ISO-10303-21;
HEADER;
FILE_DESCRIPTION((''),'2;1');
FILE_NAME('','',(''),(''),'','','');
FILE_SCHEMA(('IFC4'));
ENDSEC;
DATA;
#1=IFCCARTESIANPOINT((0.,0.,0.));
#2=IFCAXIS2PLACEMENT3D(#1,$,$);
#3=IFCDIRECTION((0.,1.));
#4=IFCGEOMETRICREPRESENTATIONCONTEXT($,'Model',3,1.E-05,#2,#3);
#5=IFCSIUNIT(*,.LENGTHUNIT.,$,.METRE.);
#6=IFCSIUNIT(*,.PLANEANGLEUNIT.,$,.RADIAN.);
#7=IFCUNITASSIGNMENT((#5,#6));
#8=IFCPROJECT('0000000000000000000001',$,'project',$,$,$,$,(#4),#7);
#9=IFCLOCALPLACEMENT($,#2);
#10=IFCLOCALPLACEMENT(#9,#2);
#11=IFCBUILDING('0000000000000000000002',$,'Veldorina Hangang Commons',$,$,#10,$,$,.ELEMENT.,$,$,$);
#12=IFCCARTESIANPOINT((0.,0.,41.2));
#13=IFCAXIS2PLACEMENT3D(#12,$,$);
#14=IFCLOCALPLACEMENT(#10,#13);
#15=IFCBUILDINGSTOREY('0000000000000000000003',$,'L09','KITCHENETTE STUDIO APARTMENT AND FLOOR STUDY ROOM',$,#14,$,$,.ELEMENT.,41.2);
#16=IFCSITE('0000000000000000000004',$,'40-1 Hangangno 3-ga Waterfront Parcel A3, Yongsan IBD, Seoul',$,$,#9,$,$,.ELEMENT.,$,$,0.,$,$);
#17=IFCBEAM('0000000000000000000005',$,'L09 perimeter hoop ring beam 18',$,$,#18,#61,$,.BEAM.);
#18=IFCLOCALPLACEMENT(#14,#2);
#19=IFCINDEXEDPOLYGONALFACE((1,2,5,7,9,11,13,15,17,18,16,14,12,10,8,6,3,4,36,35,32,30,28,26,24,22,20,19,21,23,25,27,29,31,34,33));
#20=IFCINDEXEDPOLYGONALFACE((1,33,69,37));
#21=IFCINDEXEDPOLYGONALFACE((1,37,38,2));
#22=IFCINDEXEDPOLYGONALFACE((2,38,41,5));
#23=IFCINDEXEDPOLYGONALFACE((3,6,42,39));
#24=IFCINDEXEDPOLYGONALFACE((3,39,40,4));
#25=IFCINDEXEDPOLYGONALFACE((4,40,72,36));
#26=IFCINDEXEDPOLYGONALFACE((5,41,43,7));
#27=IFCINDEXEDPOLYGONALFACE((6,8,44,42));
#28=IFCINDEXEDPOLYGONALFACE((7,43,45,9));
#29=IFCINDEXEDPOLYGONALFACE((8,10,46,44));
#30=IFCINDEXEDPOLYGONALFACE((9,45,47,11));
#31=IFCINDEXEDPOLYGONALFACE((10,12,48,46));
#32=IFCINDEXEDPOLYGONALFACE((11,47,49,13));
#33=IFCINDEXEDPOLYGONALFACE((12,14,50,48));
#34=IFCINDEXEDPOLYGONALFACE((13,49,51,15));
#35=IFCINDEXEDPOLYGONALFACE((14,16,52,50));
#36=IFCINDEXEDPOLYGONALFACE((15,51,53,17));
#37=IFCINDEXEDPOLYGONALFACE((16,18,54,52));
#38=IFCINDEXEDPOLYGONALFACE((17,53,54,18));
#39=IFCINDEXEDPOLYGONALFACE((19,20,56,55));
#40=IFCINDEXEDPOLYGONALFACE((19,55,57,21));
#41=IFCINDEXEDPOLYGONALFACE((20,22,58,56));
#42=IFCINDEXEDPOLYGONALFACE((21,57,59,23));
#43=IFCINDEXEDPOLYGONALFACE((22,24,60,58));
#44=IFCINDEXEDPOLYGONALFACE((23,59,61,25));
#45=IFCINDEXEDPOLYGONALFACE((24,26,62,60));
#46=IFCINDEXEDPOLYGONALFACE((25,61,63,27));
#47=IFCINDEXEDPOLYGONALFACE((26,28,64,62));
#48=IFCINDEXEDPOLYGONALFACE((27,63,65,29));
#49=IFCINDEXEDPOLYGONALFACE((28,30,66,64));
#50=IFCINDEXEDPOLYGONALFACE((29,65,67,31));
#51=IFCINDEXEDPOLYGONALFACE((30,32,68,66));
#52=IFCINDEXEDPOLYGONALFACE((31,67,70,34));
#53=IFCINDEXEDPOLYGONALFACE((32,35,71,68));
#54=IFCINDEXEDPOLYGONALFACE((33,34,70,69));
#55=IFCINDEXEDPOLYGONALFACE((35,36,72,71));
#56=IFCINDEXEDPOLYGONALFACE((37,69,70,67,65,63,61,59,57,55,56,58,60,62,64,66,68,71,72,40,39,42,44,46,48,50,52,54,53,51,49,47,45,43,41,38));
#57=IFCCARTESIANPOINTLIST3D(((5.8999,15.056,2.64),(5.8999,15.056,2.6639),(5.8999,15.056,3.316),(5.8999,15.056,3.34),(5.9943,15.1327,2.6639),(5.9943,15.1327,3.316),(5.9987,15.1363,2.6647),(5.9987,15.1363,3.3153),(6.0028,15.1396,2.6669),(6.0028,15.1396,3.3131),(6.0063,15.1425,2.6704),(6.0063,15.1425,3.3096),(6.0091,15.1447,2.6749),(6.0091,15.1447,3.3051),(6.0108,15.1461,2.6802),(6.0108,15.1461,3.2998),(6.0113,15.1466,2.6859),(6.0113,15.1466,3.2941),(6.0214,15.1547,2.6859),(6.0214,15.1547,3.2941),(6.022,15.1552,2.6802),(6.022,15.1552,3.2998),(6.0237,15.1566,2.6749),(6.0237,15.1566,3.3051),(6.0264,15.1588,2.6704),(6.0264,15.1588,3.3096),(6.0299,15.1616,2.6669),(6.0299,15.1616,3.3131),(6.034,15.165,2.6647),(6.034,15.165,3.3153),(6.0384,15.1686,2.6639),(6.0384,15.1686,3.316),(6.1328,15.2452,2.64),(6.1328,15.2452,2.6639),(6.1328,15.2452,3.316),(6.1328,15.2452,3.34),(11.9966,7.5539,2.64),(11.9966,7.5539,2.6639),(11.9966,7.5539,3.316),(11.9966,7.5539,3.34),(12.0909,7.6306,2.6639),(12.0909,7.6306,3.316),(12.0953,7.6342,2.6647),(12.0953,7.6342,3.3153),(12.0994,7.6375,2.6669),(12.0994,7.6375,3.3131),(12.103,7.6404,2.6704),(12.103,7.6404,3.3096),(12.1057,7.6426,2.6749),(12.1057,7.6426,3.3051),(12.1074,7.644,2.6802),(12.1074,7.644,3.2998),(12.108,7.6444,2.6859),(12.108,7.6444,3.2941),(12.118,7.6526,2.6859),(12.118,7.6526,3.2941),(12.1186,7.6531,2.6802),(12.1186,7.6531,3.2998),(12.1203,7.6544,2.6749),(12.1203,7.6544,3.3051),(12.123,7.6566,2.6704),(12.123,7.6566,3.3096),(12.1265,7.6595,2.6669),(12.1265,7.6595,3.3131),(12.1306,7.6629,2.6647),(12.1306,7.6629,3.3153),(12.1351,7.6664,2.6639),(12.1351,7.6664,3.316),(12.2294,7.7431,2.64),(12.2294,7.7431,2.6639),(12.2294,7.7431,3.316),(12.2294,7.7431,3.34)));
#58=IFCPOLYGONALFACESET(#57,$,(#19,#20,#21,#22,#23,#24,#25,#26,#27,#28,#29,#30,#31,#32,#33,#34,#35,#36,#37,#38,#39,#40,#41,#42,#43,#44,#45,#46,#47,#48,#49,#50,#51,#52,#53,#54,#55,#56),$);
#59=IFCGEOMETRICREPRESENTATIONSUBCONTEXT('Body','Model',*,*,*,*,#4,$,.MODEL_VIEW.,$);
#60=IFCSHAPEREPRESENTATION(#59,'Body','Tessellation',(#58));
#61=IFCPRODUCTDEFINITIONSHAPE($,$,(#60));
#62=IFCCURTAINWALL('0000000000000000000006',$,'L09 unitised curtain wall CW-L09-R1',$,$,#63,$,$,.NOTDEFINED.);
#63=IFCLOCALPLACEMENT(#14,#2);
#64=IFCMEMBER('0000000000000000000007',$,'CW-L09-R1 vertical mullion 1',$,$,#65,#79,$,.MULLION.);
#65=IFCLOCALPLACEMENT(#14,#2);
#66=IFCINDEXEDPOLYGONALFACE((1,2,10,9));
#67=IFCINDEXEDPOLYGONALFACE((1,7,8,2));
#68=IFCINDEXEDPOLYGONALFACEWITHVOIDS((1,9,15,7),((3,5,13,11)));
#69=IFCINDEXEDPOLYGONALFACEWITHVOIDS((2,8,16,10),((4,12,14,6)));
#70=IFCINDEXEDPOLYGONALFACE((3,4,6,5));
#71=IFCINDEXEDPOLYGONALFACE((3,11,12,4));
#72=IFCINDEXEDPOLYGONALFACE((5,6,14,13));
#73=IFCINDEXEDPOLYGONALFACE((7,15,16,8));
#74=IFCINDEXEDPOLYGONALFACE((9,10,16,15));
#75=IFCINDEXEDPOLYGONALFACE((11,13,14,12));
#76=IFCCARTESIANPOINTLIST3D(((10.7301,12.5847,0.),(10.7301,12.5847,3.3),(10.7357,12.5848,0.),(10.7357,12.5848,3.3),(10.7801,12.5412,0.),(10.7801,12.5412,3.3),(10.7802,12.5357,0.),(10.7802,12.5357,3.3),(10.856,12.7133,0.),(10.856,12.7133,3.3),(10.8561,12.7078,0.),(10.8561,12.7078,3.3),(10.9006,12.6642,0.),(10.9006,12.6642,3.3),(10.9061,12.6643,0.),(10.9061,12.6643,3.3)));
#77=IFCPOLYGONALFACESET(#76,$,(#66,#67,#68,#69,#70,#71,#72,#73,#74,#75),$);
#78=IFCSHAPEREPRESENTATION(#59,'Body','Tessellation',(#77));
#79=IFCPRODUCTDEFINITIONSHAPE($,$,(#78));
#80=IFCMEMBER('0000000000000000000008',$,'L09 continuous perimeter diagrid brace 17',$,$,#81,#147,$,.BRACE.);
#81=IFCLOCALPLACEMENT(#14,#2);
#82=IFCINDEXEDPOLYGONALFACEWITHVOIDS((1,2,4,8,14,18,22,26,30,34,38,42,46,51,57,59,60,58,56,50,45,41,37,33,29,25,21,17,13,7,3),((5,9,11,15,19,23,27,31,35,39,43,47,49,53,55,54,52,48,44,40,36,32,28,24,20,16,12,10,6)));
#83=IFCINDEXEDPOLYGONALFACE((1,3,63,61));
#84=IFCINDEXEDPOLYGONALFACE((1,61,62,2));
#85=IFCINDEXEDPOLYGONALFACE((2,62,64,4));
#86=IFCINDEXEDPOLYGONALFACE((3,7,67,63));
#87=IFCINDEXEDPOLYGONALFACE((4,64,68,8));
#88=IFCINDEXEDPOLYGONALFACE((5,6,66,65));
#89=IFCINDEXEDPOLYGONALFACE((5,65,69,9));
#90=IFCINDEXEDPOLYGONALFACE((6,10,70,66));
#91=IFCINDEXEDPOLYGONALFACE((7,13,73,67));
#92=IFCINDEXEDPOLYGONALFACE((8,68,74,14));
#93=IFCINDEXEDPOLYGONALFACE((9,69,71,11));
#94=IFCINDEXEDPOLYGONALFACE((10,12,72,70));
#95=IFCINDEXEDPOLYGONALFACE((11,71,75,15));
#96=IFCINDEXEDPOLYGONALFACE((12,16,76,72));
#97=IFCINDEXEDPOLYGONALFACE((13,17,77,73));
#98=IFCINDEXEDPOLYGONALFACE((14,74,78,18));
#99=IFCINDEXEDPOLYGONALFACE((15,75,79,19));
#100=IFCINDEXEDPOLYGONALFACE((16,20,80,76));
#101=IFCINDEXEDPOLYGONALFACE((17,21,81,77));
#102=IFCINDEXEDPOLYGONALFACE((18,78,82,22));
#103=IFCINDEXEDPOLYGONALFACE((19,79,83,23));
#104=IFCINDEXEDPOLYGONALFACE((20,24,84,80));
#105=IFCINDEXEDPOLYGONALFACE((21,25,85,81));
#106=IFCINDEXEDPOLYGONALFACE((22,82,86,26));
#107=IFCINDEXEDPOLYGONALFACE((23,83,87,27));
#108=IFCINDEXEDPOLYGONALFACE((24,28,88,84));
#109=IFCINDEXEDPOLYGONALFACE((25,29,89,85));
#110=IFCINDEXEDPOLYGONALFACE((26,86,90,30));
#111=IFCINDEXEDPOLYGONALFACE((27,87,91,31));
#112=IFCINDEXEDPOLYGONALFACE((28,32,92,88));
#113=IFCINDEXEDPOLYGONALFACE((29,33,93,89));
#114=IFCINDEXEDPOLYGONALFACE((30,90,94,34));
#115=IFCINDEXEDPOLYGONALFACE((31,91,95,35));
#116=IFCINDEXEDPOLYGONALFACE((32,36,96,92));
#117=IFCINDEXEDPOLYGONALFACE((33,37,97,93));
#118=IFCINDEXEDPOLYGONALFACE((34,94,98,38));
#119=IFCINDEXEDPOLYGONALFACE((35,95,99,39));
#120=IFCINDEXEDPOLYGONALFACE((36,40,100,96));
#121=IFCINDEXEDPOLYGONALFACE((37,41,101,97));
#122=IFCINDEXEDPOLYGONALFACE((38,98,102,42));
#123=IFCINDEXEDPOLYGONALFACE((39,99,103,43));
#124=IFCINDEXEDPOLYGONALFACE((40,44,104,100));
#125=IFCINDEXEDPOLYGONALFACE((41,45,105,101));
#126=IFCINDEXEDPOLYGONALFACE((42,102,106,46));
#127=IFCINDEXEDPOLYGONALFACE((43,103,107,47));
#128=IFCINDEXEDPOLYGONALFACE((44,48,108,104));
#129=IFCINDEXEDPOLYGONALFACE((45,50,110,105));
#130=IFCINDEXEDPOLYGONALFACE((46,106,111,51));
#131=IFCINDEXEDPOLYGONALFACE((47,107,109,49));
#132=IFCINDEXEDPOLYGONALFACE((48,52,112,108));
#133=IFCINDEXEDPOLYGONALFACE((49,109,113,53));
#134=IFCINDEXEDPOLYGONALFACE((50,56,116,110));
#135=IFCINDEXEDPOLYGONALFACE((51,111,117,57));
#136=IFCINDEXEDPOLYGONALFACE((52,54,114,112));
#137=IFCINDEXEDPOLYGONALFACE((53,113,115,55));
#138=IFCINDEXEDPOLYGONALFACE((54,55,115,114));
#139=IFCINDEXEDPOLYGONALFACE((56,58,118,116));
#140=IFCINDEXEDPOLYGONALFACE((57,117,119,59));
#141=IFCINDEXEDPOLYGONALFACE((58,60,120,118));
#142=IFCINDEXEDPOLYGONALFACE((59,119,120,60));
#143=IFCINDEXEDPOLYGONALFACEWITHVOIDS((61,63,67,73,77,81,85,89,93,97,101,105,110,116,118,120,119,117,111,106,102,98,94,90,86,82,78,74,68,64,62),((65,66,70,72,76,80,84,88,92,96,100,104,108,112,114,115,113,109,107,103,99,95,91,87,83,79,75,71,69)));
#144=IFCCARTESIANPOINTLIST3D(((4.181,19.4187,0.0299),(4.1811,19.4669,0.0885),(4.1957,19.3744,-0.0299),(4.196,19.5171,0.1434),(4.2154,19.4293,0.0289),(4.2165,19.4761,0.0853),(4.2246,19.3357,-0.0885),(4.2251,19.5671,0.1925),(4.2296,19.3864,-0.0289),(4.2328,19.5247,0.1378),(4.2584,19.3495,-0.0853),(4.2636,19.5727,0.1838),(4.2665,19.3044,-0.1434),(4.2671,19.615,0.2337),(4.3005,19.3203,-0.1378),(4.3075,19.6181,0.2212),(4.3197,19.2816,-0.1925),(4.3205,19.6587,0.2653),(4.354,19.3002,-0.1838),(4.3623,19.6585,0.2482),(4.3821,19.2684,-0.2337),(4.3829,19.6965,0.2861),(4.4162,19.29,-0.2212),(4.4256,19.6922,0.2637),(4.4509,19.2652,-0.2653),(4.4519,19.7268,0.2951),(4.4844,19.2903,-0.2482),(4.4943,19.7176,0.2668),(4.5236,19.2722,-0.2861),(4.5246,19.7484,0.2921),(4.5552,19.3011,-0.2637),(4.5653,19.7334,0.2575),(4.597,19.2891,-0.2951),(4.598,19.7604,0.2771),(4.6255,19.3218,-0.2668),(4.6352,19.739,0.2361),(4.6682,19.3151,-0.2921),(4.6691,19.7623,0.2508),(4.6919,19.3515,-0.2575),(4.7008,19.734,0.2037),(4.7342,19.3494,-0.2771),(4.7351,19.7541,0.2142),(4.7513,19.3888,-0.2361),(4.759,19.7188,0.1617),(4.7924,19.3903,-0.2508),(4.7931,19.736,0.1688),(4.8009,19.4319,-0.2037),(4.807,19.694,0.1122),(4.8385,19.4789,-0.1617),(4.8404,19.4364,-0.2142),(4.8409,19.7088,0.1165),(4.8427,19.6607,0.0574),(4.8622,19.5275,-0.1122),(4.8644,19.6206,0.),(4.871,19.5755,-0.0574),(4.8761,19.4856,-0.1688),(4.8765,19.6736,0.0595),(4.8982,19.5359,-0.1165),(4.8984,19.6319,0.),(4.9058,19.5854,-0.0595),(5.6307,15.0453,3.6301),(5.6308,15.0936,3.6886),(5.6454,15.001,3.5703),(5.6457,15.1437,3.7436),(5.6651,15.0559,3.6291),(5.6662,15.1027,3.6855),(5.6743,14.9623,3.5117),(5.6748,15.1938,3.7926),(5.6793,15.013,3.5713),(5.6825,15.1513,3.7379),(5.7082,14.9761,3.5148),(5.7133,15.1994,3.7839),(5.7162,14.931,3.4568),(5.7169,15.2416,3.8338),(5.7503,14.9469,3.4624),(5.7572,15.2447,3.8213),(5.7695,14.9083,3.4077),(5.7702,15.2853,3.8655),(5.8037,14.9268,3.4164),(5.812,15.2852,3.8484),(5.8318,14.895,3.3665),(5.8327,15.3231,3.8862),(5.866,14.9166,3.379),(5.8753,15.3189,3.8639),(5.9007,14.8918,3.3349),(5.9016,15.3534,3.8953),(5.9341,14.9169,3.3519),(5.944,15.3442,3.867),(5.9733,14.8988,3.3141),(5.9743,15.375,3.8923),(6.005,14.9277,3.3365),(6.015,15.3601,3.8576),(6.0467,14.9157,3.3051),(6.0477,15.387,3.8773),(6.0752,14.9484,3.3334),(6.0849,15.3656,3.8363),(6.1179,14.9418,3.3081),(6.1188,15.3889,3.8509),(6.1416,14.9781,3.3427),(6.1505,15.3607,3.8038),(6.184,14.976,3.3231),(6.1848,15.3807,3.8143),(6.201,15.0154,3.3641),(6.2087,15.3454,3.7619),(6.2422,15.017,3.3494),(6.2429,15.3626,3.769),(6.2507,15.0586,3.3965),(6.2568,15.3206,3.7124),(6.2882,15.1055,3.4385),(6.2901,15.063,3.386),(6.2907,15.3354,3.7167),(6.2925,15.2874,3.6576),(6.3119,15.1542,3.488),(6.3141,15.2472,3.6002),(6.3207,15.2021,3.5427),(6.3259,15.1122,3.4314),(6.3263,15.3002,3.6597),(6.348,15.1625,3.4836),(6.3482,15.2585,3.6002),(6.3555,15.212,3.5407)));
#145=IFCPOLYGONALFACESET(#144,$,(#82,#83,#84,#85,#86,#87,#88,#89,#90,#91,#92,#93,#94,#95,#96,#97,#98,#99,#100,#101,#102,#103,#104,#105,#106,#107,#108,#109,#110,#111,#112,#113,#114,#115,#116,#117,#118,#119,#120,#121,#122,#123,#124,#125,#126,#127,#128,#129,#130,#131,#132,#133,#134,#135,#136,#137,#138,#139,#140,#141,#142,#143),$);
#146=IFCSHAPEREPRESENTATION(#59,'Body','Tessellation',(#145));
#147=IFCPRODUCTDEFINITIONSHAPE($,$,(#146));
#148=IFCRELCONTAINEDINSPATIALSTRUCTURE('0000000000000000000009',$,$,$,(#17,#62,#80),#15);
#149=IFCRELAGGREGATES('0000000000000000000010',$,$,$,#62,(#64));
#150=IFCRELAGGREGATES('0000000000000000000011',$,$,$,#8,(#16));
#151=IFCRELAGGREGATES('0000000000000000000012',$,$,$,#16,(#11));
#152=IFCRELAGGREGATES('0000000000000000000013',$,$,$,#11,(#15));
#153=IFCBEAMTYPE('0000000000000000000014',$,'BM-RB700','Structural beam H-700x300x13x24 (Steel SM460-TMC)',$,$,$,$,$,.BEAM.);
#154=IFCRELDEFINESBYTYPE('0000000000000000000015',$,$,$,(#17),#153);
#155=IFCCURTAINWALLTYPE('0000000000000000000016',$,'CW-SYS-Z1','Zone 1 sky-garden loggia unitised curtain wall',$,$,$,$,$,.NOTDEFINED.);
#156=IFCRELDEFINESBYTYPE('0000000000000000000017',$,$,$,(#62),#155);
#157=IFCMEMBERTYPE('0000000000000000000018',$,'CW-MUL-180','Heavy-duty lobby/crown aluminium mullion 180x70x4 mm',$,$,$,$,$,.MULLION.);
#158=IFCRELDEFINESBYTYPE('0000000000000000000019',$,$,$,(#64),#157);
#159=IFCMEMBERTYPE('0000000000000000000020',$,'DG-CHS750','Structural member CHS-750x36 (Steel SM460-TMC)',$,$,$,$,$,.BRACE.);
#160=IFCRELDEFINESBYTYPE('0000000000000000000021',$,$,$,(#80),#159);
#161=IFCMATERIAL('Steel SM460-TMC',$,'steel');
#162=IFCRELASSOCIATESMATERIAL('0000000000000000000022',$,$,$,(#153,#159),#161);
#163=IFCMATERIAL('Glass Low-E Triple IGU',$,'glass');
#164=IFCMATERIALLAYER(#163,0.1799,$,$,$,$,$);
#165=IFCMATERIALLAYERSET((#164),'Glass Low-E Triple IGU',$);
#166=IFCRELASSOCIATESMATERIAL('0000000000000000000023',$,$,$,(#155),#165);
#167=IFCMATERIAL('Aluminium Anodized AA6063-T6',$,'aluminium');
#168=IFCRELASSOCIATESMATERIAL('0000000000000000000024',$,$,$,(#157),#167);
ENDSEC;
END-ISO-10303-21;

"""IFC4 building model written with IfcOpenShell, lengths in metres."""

from ifc_helpers import new_model, si_unit, direction, frame, origin, origin_2d, place, context, subcontext, project, spatial, hollow_rectangle, hollow_circle, i_section, extrude, material, layer, layer_set, material_profile, profile_set, type_object, element, aggregate, save


model = new_model("IFC4")

# Units and contexts
model_context = context("Model", 3, precision=1e-05, world=origin(), true_north=direction((0.0, 1.0)))
body_context = subcontext(model_context, "Body", "Model", "MODEL_VIEW")
ifc_project = project(units=[si_unit("LENGTHUNIT", "METRE"), si_unit("PLANEANGLEUNIT", "RADIAN")], contexts=[model_context])

# Site, building, storey
site_placement = place(None, origin())
site = spatial("IfcSite", under=ifc_project, at=site_placement, Name="40-1 Hangangno 3-ga Waterfront Parcel A3, Yongsan IBD, Seoul", CompositionType="ELEMENT", RefElevation=0.0)
building_placement = place(site_placement, origin())
building = spatial("IfcBuilding", under=site, at=building_placement, Name="Veldorina Hangang Commons", CompositionType="ELEMENT")
storey_placement = place(building_placement, frame((0.0, 0.0, 41.2)))
storey = spatial("IfcBuildingStorey", under=building, at=storey_placement, Name="L09", Description="KITCHENETTE STUDIO APARTMENT AND FLOOR STUDY ROOM", CompositionType="ELEMENT", Elevation=41.2)

# Beam
ifc_material_1 = material(Name="Steel SM460-TMC", Category="steel")
ifc_material_profile_1 = material_profile(ifc_material_1, i_section(OverallWidth=0.3, OverallDepth=0.7, WebThickness=0.0129, FlangeThickness=0.0239, FilletRadius=0.022, at=origin_2d()), Name="H-700x300x13x24")
ifc_profile_set_1 = profile_set([ifc_material_profile_1], Name="Steel SM460-TMC")
beam_type = type_object("IfcBeamType", Name="BM-RB700", Description="Structural beam H-700x300x13x24 (Steel SM460-TMC)", PredefinedType="BEAM", material=ifc_profile_set_1)
beam_placement = place(storey_placement, frame((6.0164, 15.1506, 2.99), z_axis=(0.630664, -0.776056, 0.0), x_axis=(0.776056, 0.630664, 0.0)))
element("IfcBeam", 1, at=beam_placement, inside=storey, type_object=beam_type, Name="L09 perimeter hoop ring beam 18", PredefinedType="BEAM", context=body_context, shape_type="SweptSolid", body=[
    extrude(i_section(OverallWidth=0.3, OverallDepth=0.7, WebThickness=0.0129, FlangeThickness=0.0239, FilletRadius=0.022, at=origin_2d()), origin(), (0.0, 0.0, 1.0), 9.667),
])

# Curtain wall, member
ifc_material_2 = material(Name="Glass Low-E Triple IGU", Category="glass")
ifc_layer_1 = layer(ifc_material_2, 0.1799)
ifc_layer_set_1 = layer_set([ifc_layer_1], Name="Glass Low-E Triple IGU")
curtain_wall_type = type_object("IfcCurtainWallType", Name="CW-SYS-Z1", Description="Zone 1 sky-garden loggia unitised curtain wall", PredefinedType="NOTDEFINED", material=ifc_layer_set_1)
curtain_wall_placement = place(storey_placement, origin())
curtain_wall = element("IfcCurtainWall", 2, at=curtain_wall_placement, inside=storey, type_object=curtain_wall_type, Name="L09 unitised curtain wall CW-L09-R1", PredefinedType="NOTDEFINED")
ifc_material_3 = material(Name="Aluminium Anodized AA6063-T6", Category="aluminium")
ifc_material_profile_2 = material_profile(ifc_material_3, hollow_rectangle(XDim=0.0701, YDim=0.1799, WallThickness=0.0039, at=origin_2d()), Name="ALU-RHS-180x70x4")
ifc_profile_set_2 = profile_set([ifc_material_profile_2], Name="Aluminium Anodized AA6063-T6")
member_type_1 = type_object("IfcMemberType", Name="CW-MUL-180", Description="Heavy-duty lobby/crown aluminium mullion 180x70x4 mm", PredefinedType="MULLION", material=ifc_profile_set_2)
member_1_placement = place(storey_placement, frame((10.8181, 12.6245, 0.0), z_axis=(0.0, 0.0, 1.0), x_axis=(0.714448, -0.699688, 0.0)))
member_1 = element("IfcMember", 3, at=member_1_placement, type_object=member_type_1, Name="CW-L09-R1 vertical mullion 1", PredefinedType="MULLION", context=body_context, shape_type="SweptSolid", body=[
    extrude(hollow_rectangle(XDim=0.0701, YDim=0.1799, WallThickness=0.0039, at=origin_2d()), origin(), (0.0, 0.0, 1.0), 3.3),
])
aggregate(curtain_wall, [member_1])

# Member
ifc_material_profile_3 = material_profile(ifc_material_1, hollow_circle(Radius=0.375, WallThickness=0.0359, at=origin_2d()), Name="CHS-750x36")
ifc_profile_set_3 = profile_set([ifc_material_profile_3], Name="Steel SM460-TMC")
member_type_2 = type_object("IfcMemberType", Name="DG-CHS750", Description="Structural member CHS-750x36 (Steel SM460-TMC)", PredefinedType="BRACE", material=ifc_profile_set_3)
member_2_placement = place(storey_placement, frame((4.5425, 19.5139, 0.0), z_axis=(0.247938, -0.747948, 0.615711), x_axis=(0.949207, 0.314654, 0.0)))
element("IfcMember", 4, at=member_2_placement, inside=storey, type_object=member_type_2, Name="L09 continuous perimeter diagrid brace 17", PredefinedType="BRACE", context=body_context, shape_type="SweptSolid", body=[
    extrude(hollow_circle(Radius=0.375, WallThickness=0.0359, at=origin_2d()), origin(), (0.0, 0.0, 1.0), 5.8472),
])

save(model, "model.ifc")
